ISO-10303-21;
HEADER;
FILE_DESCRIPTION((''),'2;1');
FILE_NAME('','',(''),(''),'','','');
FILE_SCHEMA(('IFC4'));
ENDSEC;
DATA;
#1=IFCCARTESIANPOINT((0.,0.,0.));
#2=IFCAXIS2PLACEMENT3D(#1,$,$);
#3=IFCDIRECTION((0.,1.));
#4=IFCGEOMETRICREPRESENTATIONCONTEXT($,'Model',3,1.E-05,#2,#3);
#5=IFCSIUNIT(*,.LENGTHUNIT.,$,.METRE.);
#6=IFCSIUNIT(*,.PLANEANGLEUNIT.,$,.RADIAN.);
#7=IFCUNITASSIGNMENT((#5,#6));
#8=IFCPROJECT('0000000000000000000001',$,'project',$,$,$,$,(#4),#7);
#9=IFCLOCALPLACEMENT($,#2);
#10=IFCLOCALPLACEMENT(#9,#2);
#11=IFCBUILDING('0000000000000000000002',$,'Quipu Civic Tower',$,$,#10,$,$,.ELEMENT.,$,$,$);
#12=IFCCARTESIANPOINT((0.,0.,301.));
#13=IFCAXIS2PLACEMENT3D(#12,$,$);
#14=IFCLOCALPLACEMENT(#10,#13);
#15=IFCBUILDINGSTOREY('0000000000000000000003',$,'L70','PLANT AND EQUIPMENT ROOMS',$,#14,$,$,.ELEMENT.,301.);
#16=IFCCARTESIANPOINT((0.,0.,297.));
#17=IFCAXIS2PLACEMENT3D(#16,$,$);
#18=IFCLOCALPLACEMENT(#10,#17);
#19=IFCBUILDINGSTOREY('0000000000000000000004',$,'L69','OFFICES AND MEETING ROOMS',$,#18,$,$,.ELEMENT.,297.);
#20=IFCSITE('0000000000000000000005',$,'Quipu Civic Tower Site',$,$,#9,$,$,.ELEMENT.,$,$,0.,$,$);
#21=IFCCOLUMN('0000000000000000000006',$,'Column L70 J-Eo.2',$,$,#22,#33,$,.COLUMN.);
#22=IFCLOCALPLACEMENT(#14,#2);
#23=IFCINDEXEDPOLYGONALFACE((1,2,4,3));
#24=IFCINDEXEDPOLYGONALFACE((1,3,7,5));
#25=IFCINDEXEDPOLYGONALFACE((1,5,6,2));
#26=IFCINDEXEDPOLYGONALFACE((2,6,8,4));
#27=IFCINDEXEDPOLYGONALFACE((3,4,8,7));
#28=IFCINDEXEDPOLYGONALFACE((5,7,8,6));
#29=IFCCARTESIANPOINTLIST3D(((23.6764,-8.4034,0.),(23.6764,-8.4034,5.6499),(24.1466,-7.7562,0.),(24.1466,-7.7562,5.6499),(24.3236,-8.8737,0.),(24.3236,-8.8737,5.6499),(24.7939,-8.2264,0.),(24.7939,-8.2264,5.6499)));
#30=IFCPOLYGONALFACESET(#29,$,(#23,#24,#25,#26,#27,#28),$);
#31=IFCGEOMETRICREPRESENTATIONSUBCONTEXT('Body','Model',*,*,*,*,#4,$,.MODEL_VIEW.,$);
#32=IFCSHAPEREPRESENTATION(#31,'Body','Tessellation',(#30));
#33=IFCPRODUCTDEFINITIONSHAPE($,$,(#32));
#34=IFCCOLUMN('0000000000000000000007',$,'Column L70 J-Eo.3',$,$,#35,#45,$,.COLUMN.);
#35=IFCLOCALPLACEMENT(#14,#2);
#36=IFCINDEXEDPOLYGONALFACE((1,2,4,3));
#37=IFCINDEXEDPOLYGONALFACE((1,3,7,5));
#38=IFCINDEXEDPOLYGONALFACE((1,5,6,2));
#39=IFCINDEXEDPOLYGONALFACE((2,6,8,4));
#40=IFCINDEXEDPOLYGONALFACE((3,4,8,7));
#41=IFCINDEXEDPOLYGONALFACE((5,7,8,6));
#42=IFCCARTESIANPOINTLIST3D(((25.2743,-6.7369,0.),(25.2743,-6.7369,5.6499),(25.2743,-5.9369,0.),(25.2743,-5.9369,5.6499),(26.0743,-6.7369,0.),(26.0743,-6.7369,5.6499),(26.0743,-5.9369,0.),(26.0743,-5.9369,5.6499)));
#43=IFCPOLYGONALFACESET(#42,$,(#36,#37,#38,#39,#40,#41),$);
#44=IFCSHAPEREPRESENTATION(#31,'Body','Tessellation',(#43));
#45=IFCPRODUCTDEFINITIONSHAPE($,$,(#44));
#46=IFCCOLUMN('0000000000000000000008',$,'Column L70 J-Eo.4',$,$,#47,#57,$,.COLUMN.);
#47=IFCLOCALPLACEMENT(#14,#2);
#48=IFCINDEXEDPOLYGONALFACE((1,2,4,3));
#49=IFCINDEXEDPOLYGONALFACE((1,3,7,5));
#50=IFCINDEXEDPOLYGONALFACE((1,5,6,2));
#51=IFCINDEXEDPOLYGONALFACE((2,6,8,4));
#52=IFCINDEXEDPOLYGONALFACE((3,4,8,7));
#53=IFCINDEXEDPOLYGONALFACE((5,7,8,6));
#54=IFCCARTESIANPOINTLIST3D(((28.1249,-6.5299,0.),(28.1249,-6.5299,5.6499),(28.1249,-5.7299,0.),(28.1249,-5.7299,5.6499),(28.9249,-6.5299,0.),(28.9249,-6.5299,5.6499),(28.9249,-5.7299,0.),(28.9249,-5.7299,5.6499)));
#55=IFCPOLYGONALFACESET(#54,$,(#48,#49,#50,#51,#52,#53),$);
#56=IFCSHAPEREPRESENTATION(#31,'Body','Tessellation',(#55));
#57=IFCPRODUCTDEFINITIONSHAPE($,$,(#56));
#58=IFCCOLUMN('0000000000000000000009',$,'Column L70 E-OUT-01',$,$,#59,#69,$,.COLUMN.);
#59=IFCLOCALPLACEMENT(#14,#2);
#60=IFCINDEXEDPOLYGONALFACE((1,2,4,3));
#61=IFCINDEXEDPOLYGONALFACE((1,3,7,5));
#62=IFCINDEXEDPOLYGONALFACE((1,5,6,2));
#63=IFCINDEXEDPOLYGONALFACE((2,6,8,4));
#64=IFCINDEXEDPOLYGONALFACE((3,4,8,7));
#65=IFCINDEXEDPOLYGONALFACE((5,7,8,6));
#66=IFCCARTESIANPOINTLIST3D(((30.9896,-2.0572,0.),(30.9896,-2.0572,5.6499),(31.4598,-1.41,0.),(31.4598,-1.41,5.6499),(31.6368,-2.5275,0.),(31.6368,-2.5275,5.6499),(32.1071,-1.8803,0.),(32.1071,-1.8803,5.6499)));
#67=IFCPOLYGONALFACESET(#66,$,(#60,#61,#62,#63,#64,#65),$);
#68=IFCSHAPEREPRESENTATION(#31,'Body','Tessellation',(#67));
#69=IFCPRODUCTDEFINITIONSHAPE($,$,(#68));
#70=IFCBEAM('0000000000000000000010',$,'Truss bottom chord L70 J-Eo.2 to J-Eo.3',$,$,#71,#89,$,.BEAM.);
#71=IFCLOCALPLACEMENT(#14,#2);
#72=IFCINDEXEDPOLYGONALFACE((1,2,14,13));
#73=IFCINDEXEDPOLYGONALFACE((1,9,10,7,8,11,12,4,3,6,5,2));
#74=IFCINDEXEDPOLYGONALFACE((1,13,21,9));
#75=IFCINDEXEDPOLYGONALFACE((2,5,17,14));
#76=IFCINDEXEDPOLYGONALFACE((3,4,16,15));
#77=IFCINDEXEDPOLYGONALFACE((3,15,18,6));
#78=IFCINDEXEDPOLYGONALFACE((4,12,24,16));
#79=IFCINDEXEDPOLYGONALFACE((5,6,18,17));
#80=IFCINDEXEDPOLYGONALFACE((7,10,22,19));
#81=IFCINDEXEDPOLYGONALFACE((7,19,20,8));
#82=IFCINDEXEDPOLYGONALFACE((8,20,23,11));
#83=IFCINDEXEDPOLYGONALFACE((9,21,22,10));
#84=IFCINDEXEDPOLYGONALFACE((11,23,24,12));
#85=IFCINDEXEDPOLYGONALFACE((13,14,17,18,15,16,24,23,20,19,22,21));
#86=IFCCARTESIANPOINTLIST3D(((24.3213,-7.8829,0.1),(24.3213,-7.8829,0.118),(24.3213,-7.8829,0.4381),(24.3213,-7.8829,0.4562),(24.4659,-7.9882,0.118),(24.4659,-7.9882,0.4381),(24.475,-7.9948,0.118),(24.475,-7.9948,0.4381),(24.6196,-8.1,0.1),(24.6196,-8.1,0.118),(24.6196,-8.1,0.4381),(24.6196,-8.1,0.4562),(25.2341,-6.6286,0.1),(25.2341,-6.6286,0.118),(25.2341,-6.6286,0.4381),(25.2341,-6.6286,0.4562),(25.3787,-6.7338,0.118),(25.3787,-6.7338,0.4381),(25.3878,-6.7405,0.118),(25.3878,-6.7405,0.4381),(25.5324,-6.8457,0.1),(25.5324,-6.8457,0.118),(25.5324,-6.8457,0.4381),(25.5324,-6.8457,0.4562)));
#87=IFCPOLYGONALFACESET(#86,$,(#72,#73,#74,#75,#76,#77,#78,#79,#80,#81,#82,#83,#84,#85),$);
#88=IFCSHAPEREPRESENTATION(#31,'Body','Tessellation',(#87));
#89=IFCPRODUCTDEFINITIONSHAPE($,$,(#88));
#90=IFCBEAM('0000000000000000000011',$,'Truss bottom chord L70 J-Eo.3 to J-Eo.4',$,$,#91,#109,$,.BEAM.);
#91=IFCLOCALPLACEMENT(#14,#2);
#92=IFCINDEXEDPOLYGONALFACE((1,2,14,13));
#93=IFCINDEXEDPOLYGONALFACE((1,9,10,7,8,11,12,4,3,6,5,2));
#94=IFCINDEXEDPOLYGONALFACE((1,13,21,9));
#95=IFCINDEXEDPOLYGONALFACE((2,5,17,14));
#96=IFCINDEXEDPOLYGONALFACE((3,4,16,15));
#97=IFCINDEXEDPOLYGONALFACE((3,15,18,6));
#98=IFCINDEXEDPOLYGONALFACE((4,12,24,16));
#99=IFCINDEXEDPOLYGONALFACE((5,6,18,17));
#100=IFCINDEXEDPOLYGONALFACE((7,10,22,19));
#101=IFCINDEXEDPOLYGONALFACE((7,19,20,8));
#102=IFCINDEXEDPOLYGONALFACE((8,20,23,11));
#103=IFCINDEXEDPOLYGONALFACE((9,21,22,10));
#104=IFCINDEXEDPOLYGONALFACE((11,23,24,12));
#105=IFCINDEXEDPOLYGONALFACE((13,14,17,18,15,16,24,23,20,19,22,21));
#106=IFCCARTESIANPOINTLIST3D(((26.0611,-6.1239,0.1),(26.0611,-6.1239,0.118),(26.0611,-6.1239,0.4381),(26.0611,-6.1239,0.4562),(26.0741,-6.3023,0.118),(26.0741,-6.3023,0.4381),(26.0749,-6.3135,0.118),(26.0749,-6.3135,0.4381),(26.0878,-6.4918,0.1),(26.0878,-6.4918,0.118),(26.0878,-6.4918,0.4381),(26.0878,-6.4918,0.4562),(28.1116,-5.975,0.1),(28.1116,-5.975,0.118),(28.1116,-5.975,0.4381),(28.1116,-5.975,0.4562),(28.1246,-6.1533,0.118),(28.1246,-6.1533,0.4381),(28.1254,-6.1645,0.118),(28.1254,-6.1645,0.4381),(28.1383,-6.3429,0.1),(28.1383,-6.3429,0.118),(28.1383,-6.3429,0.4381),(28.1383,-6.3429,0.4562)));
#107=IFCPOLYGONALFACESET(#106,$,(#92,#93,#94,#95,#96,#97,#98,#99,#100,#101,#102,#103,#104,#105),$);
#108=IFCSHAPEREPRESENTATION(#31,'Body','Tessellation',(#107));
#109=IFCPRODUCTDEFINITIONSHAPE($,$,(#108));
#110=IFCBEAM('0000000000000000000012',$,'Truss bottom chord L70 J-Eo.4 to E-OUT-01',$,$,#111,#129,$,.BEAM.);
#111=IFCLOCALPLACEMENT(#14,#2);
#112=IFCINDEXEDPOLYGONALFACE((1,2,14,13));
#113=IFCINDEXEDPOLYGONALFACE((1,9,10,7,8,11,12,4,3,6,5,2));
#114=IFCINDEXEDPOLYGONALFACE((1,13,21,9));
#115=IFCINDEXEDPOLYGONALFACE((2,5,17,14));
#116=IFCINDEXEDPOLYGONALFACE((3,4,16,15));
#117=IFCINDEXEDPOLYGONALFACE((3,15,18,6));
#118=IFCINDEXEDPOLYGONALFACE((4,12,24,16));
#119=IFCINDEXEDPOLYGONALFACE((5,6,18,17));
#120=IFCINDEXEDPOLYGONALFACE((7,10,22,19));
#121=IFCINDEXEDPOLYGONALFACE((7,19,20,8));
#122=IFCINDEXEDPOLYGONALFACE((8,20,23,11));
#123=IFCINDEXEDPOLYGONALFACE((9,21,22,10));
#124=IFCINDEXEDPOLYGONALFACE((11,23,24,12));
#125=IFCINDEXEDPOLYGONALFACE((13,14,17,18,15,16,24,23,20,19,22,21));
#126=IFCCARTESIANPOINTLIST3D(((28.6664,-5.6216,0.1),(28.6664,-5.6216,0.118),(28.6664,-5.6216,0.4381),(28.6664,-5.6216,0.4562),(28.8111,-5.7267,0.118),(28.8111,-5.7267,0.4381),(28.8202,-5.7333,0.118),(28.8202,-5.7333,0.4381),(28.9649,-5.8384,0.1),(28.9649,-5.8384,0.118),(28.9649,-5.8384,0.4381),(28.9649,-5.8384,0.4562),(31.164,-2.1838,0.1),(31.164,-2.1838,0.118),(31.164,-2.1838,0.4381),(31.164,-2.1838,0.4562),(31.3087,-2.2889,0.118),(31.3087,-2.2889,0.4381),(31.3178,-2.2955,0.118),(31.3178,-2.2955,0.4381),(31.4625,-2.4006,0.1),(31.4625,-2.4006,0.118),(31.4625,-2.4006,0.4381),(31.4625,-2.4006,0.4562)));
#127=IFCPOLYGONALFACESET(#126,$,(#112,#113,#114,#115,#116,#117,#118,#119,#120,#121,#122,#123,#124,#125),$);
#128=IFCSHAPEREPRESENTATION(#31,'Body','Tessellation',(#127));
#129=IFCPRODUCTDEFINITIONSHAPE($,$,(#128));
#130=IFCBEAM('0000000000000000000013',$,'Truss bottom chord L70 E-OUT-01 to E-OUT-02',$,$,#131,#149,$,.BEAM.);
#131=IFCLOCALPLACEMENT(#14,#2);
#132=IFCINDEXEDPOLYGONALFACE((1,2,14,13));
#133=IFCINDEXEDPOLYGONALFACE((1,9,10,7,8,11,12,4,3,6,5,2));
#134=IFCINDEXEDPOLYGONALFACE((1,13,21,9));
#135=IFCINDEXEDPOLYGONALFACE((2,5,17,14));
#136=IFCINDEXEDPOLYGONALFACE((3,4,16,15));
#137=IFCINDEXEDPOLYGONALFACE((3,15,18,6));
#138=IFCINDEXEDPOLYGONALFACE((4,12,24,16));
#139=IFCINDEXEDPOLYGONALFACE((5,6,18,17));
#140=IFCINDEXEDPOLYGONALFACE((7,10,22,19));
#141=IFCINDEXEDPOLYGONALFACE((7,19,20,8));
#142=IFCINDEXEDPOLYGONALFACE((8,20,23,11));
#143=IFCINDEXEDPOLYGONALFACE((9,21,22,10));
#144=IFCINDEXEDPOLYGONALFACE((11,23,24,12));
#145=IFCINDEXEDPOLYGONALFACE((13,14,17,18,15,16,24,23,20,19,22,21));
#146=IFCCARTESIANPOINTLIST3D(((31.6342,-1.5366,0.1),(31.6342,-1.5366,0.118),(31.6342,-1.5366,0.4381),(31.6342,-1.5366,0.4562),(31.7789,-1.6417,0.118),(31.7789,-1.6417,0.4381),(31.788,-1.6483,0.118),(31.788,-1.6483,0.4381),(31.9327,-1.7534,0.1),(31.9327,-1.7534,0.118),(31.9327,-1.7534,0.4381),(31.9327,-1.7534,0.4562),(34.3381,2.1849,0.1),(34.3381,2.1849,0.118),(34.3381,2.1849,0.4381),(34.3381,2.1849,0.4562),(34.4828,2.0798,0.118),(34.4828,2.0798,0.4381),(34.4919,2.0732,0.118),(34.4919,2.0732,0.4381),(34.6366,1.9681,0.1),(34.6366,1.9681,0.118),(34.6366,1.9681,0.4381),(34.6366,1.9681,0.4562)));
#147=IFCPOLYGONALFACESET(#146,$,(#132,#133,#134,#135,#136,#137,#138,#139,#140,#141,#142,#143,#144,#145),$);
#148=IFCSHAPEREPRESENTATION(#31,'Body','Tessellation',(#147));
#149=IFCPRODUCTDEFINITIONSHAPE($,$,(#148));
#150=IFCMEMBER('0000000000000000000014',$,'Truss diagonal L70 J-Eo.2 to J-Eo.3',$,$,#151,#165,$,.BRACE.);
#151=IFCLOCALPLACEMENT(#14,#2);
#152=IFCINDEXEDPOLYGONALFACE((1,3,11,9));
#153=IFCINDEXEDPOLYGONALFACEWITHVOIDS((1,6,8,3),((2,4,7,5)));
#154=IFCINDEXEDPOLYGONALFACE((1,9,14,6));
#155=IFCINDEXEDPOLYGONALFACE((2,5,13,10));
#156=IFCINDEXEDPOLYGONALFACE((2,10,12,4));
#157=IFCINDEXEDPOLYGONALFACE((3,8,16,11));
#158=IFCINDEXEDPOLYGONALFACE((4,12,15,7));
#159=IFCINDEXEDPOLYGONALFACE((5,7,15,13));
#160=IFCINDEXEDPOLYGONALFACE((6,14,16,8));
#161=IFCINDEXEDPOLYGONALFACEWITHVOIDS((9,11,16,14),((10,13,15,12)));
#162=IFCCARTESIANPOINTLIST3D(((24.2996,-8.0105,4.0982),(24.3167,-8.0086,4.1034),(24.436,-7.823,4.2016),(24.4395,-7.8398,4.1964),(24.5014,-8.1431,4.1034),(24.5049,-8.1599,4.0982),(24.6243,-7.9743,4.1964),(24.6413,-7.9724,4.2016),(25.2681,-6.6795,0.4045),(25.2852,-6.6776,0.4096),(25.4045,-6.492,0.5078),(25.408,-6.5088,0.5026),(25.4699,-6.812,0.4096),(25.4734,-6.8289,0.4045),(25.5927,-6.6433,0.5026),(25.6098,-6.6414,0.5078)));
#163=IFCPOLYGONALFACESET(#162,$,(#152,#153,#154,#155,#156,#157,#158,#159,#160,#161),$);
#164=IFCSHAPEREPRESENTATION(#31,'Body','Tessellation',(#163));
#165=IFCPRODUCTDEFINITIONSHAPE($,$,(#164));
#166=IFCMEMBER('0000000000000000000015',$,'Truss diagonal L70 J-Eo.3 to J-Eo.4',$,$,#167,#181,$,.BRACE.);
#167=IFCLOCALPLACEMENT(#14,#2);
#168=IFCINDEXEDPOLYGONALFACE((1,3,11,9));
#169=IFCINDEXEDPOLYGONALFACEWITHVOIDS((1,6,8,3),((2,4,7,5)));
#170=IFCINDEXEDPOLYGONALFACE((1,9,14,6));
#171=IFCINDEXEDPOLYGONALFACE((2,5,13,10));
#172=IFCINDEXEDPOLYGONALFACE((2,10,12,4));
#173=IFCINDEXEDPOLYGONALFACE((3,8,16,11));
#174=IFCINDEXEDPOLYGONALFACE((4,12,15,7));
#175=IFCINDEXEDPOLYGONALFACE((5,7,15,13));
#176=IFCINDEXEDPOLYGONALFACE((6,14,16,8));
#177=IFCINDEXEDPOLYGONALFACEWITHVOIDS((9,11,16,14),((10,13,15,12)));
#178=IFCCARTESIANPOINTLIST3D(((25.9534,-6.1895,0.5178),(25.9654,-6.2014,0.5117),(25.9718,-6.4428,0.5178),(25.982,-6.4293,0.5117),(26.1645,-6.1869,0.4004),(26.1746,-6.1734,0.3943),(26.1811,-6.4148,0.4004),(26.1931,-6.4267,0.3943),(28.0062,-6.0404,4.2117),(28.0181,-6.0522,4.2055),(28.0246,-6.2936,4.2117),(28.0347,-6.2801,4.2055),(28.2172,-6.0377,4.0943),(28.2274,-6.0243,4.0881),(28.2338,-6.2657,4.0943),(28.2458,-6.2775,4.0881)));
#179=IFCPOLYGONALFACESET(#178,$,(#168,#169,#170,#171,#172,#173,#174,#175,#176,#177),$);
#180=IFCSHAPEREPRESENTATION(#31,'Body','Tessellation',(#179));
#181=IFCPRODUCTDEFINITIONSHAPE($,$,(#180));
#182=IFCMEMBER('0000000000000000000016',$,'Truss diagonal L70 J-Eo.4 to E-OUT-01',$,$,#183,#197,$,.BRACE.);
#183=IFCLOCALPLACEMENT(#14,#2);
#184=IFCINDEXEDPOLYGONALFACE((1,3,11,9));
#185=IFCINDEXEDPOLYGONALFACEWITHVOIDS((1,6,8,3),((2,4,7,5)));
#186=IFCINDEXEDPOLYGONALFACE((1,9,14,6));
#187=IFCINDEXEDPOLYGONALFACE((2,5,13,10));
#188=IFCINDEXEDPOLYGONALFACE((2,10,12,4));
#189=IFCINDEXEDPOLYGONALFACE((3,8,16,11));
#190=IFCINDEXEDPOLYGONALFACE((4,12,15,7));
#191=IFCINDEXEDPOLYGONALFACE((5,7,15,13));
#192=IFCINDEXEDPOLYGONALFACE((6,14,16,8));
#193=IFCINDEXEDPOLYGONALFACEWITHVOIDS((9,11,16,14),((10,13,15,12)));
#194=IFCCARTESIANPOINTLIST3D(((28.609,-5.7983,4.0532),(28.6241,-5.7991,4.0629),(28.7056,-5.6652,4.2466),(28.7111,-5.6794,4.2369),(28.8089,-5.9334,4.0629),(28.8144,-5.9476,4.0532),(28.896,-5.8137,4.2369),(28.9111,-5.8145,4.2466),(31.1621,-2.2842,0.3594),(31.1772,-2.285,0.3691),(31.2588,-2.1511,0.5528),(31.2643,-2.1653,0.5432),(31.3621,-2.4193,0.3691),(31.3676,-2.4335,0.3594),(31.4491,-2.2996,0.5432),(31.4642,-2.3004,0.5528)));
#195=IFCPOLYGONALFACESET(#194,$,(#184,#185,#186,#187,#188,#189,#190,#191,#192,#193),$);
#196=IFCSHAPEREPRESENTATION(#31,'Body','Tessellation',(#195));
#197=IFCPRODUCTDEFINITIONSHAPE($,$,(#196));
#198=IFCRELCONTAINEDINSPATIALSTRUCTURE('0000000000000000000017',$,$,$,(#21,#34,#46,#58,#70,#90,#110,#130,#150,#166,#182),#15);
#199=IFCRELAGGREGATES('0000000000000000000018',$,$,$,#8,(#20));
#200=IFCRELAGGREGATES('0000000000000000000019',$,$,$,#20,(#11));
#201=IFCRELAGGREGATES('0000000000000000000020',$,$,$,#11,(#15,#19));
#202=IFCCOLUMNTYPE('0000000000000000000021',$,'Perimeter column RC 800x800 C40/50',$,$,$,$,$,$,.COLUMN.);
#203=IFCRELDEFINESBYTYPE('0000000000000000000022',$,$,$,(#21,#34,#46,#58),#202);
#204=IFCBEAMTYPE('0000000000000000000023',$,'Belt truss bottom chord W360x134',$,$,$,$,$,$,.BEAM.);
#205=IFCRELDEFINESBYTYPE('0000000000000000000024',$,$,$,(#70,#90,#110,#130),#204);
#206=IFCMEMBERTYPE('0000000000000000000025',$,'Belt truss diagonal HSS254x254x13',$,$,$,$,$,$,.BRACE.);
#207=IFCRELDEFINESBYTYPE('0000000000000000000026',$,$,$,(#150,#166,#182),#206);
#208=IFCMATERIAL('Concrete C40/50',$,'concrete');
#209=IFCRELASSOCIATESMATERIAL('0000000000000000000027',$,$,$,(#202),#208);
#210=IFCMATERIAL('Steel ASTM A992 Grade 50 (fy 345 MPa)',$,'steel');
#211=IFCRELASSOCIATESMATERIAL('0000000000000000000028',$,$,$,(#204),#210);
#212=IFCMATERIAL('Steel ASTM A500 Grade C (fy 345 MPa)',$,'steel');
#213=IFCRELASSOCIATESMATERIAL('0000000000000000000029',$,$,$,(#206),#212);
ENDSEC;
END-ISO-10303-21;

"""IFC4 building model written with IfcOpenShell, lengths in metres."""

from ifc_helpers import new_model, si_unit, direction, frame, origin, origin_2d, place, context, subcontext, project, spatial, rectangle, hollow_rectangle, i_section, extrude, material, material_profile, profile_set, type_object, element, save


model = new_model("IFC4")

# Units and contexts
model_context = context("Model", 3, precision=1e-05, world=origin(), true_north=direction((0.0, 1.0)))
body_context = subcontext(model_context, "Body", "Model", "MODEL_VIEW")
ifc_project = project(units=[si_unit("LENGTHUNIT", "METRE"), si_unit("PLANEANGLEUNIT", "RADIAN")], contexts=[model_context])

# Site, building, storey
site_placement = place(None, origin())
site = spatial("IfcSite", under=ifc_project, at=site_placement, Name="Quipu Civic Tower Site", CompositionType="ELEMENT", RefElevation=0.0)
building_placement = place(site_placement, origin())
building = spatial("IfcBuilding", under=site, at=building_placement, Name="Quipu Civic Tower", CompositionType="ELEMENT")
storey_1_placement = place(building_placement, frame((0.0, 0.0, 301.0)))
storey_1 = spatial("IfcBuildingStorey", under=building, at=storey_1_placement, Name="L70", Description="PLANT AND EQUIPMENT ROOMS", CompositionType="ELEMENT", Elevation=301.0)

# Columns
ifc_material_1 = material(Name="Concrete C40/50", Category="concrete")
ifc_material_profile_1 = material_profile(ifc_material_1, rectangle(XDim=0.8, YDim=0.8, at=origin_2d()), Name="RC800x800")
ifc_profile_set_1 = profile_set([ifc_material_profile_1], Name="Concrete C40/50")
column_type = type_object("IfcColumnType", Name="Perimeter column RC 800x800 C40/50", PredefinedType="COLUMN", material=ifc_profile_set_1)
for number, where, z_axis, x_axis, name in (
    (1, (24.2351, -8.3149, 0.0), (0.0, 0.0, 1.0), (0.587785, 0.809017, 0.0), "Column L70 J-Eo.2"),
    (2, (25.6743, -6.3369, 0.0), (0.0, 0.0, 1.0), (1.0, 0.0, 0.0), "Column L70 J-Eo.3"),
    (3, (28.5249, -6.1299, 0.0), (0.0, 0.0, 1.0), (1.0, 0.0, 0.0), "Column L70 J-Eo.4"),
    (4, (31.5483, -1.9688, 0.0), (0.0, 0.0, 1.0), (0.587785, 0.809017, 0.0), "Column L70 E-OUT-01"),
):
    element("IfcColumn", number, at=place(storey_1_placement, frame(where, z_axis=z_axis, x_axis=x_axis)), inside=storey_1, type_object=column_type, Name=name, PredefinedType="COLUMN", context=body_context, shape_type="SweptSolid", body=[
        extrude(rectangle(XDim=0.8, YDim=0.8, at=origin_2d()), origin(), (0.0, 0.0, 1.0), 5.6499),
    ])

# Beams
ifc_material_2 = material(Name="Steel ASTM A992 Grade 50 (fy 345 MPa)", Category="steel")
ifc_material_profile_2 = material_profile(ifc_material_2, i_section(OverallWidth=0.3689, OverallDepth=0.3562, WebThickness=0.0112, FlangeThickness=0.0181, at=origin_2d()), Name="W360x134")
ifc_profile_set_2 = profile_set([ifc_material_profile_2], Name="Steel ASTM A992 Grade 50 (fy 345 MPa)")
beam_type_1 = type_object("IfcBeamType", Name="Belt truss bottom chord W360x134", PredefinedType="BEAM", material=ifc_profile_set_2)
beam_1_placement = place(storey_1_placement, frame((24.4705, -7.9915, 0.2781), z_axis=(0.588406, 0.808566, 0.0), x_axis=(-0.808566, 0.588406, 0.0)))
element("IfcBeam", 5, at=beam_1_placement, inside=storey_1, type_object=beam_type_1, Name="Truss bottom chord L70 J-Eo.2 to J-Eo.3", PredefinedType="BEAM", context=body_context, shape_type="SweptSolid", body=[
    extrude(i_section(OverallWidth=0.3689, OverallDepth=0.3562, WebThickness=0.0112, FlangeThickness=0.0181, at=origin_2d()), origin(), (0.0, 0.0, 1.0), 1.5513),
])
beam_2_placement = place(storey_1_placement, frame((26.0745, -6.3079, 0.2781), z_axis=(0.997373, 0.072437, 0.0), x_axis=(-0.072437, 0.997373, 0.0)))
element("IfcBeam", 6, at=beam_2_placement, inside=storey_1, type_object=beam_type_1, Name="Truss bottom chord L70 J-Eo.3 to J-Eo.4", PredefinedType="BEAM", context=body_context, shape_type="SweptSolid", body=[
    extrude(i_section(OverallWidth=0.3689, OverallDepth=0.3562, WebThickness=0.0112, FlangeThickness=0.0181, at=origin_2d()), origin(), (0.0, 0.0, 1.0), 2.0559),
])
beam_3_placement = place(storey_1_placement, frame((28.8157, -5.73, 0.2781), z_axis=(0.587769, 0.809029, 0.0), x_axis=(-0.809029, 0.587769, 0.0)))
element("IfcBeam", 7, at=beam_3_placement, inside=storey_1, type_object=beam_type_1, Name="Truss bottom chord L70 J-Eo.4 to E-OUT-01", PredefinedType="BEAM", context=body_context, shape_type="SweptSolid", body=[
    extrude(i_section(OverallWidth=0.3689, OverallDepth=0.3562, WebThickness=0.0112, FlangeThickness=0.0181, at=origin_2d()), origin(), (0.0, 0.0, 1.0), 4.2493),
])
beam_4_placement = place(storey_1_placement, frame((31.7834, -1.645, 0.2781), z_axis=(0.587796, 0.809009, 0.0), x_axis=(-0.809009, 0.587796, 0.0)))
element("IfcBeam", 8, at=beam_4_placement, inside=storey_1, type_object=beam_type_1, Name="Truss bottom chord L70 E-OUT-01 to E-OUT-02", PredefinedType="BEAM", context=body_context, shape_type="SweptSolid", body=[
    extrude(i_section(OverallWidth=0.3689, OverallDepth=0.3562, WebThickness=0.0112, FlangeThickness=0.0181, at=origin_2d()), origin(), (0.0, 0.0, 1.0), 4.6001),
])

# Members
ifc_material_3 = material(Name="Steel ASTM A500 Grade C (fy 345 MPa)", Category="steel")
ifc_material_profile_3 = material_profile(ifc_material_3, hollow_rectangle(XDim=0.2539, YDim=0.2539, WallThickness=0.0127, at=origin_2d()), Name="HSS254x254x13")
ifc_profile_set_3 = profile_set([ifc_material_profile_3], Name="Steel ASTM A500 Grade C (fy 345 MPa)")
member_type_1 = type_object("IfcMemberType", Name="Belt truss diagonal HSS254x254x13", PredefinedType="BRACE", material=ifc_profile_set_3)
member_1_placement = place(storey_1_placement, frame((24.4705, -7.9915, 4.1499), z_axis=(0.23949, 0.32914, -0.913406), x_axis=(-0.808601, 0.588357, 0.0)))
element("IfcMember", 9, at=member_1_placement, inside=storey_1, type_object=member_type_1, Name="Truss diagonal L70 J-Eo.2 to J-Eo.3", PredefinedType="BRACE", context=body_context, shape_type="SweptSolid", body=[
    extrude(hollow_rectangle(XDim=0.2539, YDim=0.2539, WallThickness=0.0127, at=origin_2d()), origin(), (0.0, 0.0, 1.0), 4.0439),
])
member_2_placement = place(storey_1_placement, frame((26.0732, -6.3081, 0.4561), z_axis=(0.485448, 0.035277, 0.873553), x_axis=(-0.072478, 0.99737, 0.0)))
element("IfcMember", 10, at=member_2_placement, inside=storey_1, type_object=member_type_1, Name="Truss diagonal L70 J-Eo.3 to J-Eo.4", PredefinedType="BRACE", context=body_context, shape_type="SweptSolid", body=[
    extrude(hollow_rectangle(XDim=0.2539, YDim=0.2539, WallThickness=0.0127, at=origin_2d()), origin(), (0.0, 0.0, 1.0), 4.2285),
])
member_3_placement = place(storey_1_placement, frame((28.76, -5.8064, 4.1499), z_axis=(0.447777, 0.616303, -0.647816), x_axis=(-0.809013, 0.587791, 0.0)))
element("IfcMember", 11, at=member_3_placement, inside=storey_1, type_object=member_type_1, Name="Truss diagonal L70 J-Eo.4 to E-OUT-01", PredefinedType="BRACE", context=body_context, shape_type="SweptSolid", body=[
    extrude(hollow_rectangle(XDim=0.2539, YDim=0.2539, WallThickness=0.0127, at=origin_2d()), origin(), (0.0, 0.0, 1.0), 5.7019),
])

# Shared definitions
storey_2_placement = place(building_placement, frame((0.0, 0.0, 297.0)))
storey_2 = spatial("IfcBuildingStorey", under=building, at=storey_2_placement, Name="L69", Description="OFFICES AND MEETING ROOMS", CompositionType="ELEMENT", Elevation=297.0)

save(model, "model.ifc")
